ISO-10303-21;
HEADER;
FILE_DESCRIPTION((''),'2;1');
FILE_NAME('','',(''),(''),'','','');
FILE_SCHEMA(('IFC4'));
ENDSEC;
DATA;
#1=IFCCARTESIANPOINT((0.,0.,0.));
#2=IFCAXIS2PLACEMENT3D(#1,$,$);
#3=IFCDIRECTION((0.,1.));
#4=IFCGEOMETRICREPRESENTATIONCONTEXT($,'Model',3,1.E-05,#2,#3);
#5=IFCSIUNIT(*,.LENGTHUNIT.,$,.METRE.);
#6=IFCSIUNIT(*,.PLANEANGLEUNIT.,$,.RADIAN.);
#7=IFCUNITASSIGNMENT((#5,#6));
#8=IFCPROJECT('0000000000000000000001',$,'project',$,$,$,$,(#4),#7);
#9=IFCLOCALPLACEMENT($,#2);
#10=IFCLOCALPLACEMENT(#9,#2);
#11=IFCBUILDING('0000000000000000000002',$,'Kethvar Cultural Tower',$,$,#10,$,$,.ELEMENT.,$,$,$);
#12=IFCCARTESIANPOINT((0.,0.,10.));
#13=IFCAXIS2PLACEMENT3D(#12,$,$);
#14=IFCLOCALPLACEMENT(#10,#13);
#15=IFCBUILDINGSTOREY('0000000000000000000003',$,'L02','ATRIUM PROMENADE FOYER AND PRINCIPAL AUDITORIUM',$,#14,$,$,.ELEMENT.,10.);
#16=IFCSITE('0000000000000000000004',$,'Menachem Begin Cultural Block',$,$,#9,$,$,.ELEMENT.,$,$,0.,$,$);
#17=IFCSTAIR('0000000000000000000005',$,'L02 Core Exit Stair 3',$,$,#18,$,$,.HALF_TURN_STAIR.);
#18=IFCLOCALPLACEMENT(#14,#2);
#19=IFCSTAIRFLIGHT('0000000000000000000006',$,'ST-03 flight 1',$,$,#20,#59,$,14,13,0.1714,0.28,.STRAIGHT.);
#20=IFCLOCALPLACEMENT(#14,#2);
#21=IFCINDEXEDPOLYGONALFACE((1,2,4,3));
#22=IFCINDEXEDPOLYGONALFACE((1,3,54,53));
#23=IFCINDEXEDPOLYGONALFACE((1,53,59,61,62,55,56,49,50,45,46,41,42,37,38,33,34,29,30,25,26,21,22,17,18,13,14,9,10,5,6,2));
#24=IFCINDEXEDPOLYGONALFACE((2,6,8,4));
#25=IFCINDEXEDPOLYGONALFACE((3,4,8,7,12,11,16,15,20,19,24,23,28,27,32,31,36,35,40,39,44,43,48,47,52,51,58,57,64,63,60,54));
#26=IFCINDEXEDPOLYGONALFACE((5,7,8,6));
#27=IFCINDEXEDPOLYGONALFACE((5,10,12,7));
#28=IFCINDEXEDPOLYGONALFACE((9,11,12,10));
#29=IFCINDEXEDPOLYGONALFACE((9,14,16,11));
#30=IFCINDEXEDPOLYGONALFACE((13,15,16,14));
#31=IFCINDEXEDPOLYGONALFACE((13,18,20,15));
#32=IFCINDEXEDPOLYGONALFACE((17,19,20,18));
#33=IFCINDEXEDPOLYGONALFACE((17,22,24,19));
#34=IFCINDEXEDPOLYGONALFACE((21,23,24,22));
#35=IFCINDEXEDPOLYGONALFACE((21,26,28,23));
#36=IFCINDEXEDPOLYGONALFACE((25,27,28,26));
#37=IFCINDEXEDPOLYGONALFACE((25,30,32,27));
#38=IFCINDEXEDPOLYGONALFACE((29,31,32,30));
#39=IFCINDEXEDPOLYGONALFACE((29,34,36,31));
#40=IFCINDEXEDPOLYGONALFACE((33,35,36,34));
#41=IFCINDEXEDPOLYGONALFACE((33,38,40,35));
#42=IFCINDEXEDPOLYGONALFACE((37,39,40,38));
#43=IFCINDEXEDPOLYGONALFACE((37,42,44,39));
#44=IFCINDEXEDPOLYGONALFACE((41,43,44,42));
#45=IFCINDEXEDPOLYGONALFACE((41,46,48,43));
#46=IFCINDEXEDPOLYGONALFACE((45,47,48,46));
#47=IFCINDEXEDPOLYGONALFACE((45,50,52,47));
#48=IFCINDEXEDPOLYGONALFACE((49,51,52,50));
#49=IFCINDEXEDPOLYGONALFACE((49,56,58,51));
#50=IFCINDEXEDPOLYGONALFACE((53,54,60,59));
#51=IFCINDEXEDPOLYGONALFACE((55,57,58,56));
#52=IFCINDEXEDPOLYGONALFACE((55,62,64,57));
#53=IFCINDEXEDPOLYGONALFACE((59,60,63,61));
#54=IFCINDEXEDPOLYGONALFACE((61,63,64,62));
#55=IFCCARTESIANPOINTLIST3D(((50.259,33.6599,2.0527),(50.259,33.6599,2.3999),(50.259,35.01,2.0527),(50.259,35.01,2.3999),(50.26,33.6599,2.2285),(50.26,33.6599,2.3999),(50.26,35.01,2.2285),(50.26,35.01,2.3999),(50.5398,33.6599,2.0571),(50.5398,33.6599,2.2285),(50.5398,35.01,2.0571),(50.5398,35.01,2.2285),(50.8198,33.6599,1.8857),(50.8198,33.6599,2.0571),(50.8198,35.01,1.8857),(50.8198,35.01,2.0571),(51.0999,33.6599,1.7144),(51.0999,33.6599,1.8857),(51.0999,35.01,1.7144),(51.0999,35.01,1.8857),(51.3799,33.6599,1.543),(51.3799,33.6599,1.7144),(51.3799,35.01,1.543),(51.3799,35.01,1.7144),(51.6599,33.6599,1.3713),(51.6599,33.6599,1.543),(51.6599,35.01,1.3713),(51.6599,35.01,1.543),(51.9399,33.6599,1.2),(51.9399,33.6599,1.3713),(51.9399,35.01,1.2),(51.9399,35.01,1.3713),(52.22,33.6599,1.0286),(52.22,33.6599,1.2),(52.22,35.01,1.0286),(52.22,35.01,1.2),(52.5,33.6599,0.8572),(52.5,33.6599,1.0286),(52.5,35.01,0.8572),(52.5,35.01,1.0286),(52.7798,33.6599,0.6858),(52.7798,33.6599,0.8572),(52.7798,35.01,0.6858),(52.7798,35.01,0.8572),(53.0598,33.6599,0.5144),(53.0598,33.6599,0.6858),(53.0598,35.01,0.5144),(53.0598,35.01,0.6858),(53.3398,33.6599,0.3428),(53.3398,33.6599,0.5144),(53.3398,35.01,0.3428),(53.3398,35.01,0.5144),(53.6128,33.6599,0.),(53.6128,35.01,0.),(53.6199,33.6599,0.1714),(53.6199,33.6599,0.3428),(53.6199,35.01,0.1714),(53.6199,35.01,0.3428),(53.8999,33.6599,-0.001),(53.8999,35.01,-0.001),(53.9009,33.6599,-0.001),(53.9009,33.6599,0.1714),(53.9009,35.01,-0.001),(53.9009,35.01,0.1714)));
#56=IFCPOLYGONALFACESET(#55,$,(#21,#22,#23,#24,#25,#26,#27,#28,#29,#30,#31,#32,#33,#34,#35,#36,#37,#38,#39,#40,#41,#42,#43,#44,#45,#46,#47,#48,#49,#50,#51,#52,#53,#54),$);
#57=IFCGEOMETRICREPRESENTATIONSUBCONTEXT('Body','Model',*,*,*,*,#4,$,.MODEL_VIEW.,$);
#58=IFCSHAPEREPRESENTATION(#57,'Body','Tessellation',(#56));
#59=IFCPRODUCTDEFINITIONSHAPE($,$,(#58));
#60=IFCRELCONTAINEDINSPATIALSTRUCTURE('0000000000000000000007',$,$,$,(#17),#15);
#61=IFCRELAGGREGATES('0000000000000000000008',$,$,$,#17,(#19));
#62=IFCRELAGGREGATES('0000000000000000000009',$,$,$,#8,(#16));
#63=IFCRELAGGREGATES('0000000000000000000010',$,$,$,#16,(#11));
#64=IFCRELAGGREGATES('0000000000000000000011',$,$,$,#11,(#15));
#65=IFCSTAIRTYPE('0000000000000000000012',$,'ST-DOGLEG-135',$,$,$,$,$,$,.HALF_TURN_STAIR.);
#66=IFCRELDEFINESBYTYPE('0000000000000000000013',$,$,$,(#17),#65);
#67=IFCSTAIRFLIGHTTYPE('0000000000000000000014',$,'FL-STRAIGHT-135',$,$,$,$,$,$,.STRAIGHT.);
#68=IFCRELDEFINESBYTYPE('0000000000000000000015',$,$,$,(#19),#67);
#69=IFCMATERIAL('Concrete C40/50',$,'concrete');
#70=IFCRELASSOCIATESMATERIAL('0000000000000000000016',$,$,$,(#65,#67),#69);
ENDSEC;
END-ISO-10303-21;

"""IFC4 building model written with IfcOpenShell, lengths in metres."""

from ifc_helpers import new_model, si_unit, direction, frame, origin, place, context, subcontext, project, spatial, polyline, outline, extrude, material, type_object, element, aggregate, save


model = new_model("IFC4")

# Units and contexts
model_context = context("Model", 3, precision=1e-05, world=origin(), true_north=direction((0.0, 1.0)))
body_context = subcontext(model_context, "Body", "Model", "MODEL_VIEW")
ifc_project = project(units=[si_unit("LENGTHUNIT", "METRE"), si_unit("PLANEANGLEUNIT", "RADIAN")], contexts=[model_context])

# Site, building, storey
site_placement = place(None, origin())
site = spatial("IfcSite", under=ifc_project, at=site_placement, Name="Menachem Begin Cultural Block", CompositionType="ELEMENT", RefElevation=0.0)
building_placement = place(site_placement, origin())
building = spatial("IfcBuilding", under=site, at=building_placement, Name="Kethvar Cultural Tower", CompositionType="ELEMENT")
storey_placement = place(building_placement, frame((0.0, 0.0, 10.0)))
storey = spatial("IfcBuildingStorey", under=building, at=storey_placement, Name="L02", Description="ATRIUM PROMENADE FOYER AND PRINCIPAL AUDITORIUM", CompositionType="ELEMENT", Elevation=10.0)

# Stair, stair flight
ifc_material_1 = material(Name="Concrete C40/50", Category="concrete")
stair_type = type_object("IfcStairType", Name="ST-DOGLEG-135", PredefinedType="HALF_TURN_STAIR", material=ifc_material_1)
stair_placement = place(storey_placement, origin())
stair = element("IfcStair", 1, at=stair_placement, inside=storey, type_object=stair_type, Name="L02 Core Exit Stair 3", PredefinedType="HALF_TURN_STAIR")
stair_flight_type = type_object("IfcStairFlightType", Name="FL-STRAIGHT-135", PredefinedType="STRAIGHT", material=ifc_material_1)
stair_flight_placement = place(storey_placement, frame((53.8999, 34.335, 0.0), z_axis=(0.0, 0.0, 1.0), x_axis=(-1.0, 0.0, 0.0)))
stair_flight = element("IfcStairFlight", 2, at=stair_flight_placement, type_object=stair_flight_type, Name="ST-03 flight 1", NumberOfRisers=14, NumberOfTreads=13, PredefinedType="STRAIGHT", RiserHeight=0.1714, TreadLength=0.28, context=body_context, shape_type="SweptSolid", body=[
    extrude(outline(polyline([(-0.001, -0.001), (-0.001, 0.1714), (0.28, 0.1714), (0.28, 0.3428), (0.5601, 0.3428), (0.5601, 0.5144), (0.8401, 0.5144), (0.8401, 0.6858), (1.1201, 0.6858), (1.1201, 0.8572), (1.3999, 0.8572), (1.3999, 1.0286), (1.6799, 1.0286), (1.6799, 1.2), (1.96, 1.2), (1.96, 1.3713), (2.24, 1.3713), (2.24, 1.543), (2.52, 1.543), (2.52, 1.7144), (2.8, 1.7144), (2.8, 1.8857), (3.0801, 1.8857), (3.0801, 2.0571), (3.3601, 2.0571), (3.3601, 2.2285), (3.6399, 2.2285), (3.6399, 2.3999), (3.6409, 2.3999), (3.6409, 2.0527), (0.2871, 0.0), (0.0, -0.001), (-0.001, -0.001)])), frame((0.0, 0.675, 0.0), z_axis=(0.0, -1.0, 0.0), x_axis=(1.0, 0.0, 0.0)), (0.0, 0.0, 1.0), 1.3501),
])
aggregate(stair, [stair_flight])

save(model, "model.ifc")
